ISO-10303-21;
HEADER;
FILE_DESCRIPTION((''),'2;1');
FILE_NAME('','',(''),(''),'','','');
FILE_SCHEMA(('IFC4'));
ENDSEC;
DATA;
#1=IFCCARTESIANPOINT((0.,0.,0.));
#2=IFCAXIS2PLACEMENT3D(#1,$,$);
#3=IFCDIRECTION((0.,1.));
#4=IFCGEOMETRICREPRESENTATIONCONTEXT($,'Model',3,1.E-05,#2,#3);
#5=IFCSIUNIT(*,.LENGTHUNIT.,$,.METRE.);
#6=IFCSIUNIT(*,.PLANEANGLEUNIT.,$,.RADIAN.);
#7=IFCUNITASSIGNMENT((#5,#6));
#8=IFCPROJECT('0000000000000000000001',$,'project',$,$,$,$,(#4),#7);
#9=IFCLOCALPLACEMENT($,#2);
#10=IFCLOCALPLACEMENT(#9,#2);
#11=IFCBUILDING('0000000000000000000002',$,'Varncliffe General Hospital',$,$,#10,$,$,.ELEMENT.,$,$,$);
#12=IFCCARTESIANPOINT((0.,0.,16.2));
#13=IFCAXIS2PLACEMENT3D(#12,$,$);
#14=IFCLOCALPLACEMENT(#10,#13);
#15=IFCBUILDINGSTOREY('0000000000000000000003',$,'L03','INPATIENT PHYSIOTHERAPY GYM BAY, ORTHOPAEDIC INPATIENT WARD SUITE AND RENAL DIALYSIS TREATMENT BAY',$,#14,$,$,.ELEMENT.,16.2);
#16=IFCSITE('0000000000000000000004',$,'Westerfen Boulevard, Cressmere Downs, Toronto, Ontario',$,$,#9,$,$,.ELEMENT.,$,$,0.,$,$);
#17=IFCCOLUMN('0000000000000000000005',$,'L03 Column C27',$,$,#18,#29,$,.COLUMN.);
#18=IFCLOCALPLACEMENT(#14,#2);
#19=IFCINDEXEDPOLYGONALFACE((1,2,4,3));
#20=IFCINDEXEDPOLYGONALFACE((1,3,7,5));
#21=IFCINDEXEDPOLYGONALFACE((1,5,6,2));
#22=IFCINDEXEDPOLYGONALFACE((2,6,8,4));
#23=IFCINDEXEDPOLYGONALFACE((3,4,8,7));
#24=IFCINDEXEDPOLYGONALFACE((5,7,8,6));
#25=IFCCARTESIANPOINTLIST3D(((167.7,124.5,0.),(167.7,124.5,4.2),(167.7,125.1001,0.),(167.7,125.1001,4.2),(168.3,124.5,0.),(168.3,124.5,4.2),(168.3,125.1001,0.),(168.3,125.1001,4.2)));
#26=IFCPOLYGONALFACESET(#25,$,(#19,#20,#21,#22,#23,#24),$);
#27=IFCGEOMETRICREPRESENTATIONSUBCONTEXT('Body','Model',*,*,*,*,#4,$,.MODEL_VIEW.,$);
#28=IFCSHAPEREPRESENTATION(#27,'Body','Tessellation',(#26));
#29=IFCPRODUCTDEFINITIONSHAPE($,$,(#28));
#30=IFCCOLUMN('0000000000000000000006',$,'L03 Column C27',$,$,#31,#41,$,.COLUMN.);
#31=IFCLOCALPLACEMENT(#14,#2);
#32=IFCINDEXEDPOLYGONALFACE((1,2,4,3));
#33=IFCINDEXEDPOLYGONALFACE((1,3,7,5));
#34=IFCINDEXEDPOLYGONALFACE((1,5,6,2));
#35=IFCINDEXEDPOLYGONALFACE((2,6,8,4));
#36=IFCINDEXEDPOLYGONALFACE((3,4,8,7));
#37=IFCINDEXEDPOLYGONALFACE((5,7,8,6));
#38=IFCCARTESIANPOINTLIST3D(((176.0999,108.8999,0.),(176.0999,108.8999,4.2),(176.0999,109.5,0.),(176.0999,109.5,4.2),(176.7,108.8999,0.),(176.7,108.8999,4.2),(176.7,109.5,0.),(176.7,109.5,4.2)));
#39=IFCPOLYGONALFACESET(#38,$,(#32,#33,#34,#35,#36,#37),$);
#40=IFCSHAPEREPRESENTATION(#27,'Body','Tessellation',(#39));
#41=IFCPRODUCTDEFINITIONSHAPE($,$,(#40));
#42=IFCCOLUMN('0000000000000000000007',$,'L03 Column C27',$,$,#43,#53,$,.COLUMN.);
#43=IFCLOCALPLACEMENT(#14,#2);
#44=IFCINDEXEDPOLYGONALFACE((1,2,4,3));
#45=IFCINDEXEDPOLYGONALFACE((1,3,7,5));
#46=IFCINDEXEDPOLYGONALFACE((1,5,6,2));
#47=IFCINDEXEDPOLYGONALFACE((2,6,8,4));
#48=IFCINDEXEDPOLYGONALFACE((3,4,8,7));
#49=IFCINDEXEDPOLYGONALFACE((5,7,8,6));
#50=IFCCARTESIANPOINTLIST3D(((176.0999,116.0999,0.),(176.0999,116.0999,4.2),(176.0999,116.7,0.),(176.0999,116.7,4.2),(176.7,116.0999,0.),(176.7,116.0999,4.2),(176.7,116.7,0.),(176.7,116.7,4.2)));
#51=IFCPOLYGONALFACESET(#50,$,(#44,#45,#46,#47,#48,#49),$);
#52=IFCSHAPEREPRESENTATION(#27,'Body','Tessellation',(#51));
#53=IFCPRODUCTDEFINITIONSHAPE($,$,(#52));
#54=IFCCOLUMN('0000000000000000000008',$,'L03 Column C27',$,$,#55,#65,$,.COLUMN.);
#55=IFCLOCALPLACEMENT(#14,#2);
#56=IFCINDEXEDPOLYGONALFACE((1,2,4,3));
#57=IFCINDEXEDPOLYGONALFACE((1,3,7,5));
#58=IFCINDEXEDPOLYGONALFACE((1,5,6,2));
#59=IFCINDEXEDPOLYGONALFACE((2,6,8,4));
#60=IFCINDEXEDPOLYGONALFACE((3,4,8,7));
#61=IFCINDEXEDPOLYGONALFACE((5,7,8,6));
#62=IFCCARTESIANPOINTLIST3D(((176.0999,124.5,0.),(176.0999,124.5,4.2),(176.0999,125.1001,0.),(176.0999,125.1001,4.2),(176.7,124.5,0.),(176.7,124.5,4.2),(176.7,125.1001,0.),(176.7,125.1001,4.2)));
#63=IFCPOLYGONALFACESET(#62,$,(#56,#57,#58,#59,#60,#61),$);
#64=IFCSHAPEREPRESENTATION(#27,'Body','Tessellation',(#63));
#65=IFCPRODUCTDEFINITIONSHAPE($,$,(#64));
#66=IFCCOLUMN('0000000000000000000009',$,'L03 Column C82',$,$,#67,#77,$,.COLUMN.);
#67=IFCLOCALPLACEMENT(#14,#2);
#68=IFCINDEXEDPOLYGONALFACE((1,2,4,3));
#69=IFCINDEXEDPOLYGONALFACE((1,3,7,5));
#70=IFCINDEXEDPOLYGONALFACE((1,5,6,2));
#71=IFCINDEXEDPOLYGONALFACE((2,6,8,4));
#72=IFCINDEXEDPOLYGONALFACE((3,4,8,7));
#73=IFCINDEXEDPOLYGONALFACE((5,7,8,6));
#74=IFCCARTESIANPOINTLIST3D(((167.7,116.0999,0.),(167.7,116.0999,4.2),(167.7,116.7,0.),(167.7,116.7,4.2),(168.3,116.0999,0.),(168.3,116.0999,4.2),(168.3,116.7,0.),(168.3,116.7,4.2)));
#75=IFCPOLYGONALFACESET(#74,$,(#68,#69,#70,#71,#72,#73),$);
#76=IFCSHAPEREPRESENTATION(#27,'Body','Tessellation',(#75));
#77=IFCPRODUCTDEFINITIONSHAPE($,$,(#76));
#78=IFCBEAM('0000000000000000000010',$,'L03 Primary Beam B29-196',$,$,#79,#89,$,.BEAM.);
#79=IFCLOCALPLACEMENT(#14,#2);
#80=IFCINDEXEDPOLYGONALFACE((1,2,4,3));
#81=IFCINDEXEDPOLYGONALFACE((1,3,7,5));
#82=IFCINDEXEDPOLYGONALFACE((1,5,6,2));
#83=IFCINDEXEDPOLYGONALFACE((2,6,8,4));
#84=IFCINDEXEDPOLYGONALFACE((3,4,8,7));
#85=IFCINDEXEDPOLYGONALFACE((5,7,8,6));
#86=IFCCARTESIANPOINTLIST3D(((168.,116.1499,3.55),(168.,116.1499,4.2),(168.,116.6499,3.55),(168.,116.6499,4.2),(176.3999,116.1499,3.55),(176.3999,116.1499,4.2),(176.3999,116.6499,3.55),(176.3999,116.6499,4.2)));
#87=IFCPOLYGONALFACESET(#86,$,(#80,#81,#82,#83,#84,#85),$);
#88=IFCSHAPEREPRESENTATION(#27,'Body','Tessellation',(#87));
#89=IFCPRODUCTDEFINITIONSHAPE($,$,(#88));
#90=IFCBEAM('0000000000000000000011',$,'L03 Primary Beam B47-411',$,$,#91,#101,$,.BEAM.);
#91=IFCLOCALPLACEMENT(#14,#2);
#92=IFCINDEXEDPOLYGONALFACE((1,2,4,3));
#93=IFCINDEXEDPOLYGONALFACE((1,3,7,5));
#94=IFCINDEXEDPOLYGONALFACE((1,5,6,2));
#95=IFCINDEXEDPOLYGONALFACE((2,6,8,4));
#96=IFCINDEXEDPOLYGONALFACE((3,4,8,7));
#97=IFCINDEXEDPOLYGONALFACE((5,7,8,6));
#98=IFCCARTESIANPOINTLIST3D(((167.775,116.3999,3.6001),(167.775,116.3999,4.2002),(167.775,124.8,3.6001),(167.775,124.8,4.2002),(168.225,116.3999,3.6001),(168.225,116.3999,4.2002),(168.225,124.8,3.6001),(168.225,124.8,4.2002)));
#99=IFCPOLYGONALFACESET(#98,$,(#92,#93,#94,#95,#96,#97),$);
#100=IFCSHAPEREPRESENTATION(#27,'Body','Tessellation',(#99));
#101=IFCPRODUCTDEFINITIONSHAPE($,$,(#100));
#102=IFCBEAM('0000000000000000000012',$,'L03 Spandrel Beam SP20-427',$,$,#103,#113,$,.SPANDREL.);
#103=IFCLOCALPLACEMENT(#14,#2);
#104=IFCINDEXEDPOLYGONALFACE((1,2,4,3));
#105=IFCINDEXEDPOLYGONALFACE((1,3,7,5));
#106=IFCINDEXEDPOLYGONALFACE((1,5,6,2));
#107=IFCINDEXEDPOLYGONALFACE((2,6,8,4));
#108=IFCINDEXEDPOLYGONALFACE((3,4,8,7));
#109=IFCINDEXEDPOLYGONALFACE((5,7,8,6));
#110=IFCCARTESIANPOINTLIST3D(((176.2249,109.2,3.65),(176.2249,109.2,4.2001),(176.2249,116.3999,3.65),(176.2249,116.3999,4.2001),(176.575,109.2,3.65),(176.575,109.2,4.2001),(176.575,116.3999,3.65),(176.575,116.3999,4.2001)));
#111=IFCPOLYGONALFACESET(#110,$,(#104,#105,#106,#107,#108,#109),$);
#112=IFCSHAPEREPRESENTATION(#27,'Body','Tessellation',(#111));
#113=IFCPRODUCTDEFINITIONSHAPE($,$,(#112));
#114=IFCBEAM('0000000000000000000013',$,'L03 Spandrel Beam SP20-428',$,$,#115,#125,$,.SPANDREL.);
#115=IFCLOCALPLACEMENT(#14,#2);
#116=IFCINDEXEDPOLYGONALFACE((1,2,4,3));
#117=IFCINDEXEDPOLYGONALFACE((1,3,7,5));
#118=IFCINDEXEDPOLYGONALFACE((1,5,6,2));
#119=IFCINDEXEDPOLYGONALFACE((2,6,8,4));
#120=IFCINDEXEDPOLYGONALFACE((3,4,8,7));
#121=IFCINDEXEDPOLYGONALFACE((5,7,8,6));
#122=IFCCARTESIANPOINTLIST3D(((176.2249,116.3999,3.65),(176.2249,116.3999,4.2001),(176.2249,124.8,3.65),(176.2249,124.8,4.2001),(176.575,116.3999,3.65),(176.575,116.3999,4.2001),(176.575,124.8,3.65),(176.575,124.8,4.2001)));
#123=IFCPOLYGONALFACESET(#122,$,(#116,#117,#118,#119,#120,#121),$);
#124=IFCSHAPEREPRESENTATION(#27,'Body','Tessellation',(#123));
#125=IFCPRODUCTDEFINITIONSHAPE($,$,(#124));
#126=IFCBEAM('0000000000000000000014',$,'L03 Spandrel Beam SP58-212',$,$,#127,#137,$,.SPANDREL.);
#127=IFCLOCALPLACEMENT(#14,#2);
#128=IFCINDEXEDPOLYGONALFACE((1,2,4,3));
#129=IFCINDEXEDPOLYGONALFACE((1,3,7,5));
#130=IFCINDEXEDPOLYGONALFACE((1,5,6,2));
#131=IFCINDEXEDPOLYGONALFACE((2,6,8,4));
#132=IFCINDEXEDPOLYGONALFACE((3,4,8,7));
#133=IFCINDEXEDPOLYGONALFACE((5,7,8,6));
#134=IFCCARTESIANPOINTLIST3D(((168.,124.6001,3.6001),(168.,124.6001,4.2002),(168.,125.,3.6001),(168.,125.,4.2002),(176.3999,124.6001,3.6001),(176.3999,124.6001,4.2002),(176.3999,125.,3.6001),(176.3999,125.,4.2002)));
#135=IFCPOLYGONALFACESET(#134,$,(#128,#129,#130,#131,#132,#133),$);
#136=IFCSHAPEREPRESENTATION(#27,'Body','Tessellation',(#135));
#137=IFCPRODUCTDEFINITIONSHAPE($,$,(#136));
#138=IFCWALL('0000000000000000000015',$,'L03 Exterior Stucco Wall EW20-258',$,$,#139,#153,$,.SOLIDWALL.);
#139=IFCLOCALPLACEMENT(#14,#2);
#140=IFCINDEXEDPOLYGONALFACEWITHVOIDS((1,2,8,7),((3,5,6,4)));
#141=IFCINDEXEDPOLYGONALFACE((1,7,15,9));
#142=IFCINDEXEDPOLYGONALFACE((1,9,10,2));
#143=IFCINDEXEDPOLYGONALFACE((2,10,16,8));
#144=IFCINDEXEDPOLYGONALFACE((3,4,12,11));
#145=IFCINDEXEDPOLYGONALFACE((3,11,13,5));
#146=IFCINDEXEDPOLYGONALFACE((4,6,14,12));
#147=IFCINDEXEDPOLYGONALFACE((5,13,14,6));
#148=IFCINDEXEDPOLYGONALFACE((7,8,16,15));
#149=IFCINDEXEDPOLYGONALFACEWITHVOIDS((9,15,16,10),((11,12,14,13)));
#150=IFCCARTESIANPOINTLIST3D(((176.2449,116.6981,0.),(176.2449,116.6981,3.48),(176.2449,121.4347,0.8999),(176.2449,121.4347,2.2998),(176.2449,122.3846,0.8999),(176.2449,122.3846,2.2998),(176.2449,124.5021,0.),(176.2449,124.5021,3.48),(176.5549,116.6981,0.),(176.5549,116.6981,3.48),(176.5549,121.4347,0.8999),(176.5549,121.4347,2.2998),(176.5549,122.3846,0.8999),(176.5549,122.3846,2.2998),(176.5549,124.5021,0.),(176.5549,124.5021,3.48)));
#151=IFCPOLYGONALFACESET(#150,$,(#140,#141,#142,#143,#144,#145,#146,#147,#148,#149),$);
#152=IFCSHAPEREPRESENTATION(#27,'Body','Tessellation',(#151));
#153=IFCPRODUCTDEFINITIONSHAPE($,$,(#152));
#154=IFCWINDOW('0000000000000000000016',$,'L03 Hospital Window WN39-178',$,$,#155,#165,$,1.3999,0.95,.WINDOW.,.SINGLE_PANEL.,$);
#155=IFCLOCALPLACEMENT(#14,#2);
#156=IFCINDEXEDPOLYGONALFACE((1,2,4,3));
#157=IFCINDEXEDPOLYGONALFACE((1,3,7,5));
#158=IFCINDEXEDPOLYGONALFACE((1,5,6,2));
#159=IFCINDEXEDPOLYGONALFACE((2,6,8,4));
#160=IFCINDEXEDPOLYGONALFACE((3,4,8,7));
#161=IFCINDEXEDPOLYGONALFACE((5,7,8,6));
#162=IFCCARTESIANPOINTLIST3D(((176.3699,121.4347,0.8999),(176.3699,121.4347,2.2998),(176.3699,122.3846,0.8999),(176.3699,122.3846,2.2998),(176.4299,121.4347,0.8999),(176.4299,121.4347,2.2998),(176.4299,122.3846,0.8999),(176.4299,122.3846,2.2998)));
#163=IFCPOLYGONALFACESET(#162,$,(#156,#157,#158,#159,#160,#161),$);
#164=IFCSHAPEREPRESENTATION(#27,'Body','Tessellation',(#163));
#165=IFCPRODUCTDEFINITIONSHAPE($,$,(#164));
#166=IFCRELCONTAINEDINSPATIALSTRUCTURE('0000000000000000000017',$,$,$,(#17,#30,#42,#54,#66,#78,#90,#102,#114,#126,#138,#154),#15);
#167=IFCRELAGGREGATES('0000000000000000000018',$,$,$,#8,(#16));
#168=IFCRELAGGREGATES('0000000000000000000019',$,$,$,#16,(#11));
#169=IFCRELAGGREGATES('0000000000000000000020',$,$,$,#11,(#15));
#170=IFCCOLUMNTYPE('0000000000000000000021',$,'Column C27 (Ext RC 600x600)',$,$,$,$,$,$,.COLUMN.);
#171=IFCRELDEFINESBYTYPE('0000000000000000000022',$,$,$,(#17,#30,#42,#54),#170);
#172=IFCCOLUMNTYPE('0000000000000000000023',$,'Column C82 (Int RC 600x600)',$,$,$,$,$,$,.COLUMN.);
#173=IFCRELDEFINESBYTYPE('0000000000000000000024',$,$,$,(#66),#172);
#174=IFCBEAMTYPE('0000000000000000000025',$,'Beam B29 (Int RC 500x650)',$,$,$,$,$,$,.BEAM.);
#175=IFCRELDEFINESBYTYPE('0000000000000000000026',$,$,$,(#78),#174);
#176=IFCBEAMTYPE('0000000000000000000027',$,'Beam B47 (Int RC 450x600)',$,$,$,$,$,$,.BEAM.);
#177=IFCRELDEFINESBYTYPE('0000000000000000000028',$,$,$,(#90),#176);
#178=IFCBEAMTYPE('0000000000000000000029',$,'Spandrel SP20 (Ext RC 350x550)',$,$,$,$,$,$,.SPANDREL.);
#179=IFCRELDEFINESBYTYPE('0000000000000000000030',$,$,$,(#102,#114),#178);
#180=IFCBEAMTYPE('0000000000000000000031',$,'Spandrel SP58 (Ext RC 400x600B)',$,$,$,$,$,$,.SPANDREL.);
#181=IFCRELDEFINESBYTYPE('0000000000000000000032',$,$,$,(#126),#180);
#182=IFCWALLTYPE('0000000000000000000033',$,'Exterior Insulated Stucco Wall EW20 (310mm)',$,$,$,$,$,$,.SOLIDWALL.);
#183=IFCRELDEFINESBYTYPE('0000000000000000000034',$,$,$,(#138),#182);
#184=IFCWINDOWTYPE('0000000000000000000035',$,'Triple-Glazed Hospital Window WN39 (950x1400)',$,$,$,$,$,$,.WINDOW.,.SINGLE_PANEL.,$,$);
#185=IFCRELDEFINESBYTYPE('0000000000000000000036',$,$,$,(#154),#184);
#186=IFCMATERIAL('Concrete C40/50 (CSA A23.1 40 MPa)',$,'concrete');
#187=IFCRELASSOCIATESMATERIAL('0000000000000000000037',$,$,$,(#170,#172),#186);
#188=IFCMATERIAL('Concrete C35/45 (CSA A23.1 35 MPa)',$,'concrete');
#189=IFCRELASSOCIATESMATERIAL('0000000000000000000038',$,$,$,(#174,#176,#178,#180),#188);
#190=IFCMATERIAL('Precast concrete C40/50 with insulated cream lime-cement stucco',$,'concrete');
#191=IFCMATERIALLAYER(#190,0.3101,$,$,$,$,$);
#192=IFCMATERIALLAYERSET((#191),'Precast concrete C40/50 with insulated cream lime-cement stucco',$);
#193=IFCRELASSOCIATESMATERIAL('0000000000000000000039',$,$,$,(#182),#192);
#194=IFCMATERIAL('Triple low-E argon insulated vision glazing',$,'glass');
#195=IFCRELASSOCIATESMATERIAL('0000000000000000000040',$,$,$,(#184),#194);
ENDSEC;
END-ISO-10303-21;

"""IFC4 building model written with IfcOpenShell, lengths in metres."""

from ifc_helpers import new_model, si_unit, direction, frame, frame_2d, origin, origin_2d, place, context, subcontext, project, spatial, rectangle, extrude, material, layer, layer_set, material_profile, profile_set, type_object, element, fill, save


model = new_model("IFC4")

# Units and contexts
model_context = context("Model", 3, precision=1e-05, world=origin(), true_north=direction((0.0, 1.0)))
body_context = subcontext(model_context, "Body", "Model", "MODEL_VIEW")
ifc_project = project(units=[si_unit("LENGTHUNIT", "METRE"), si_unit("PLANEANGLEUNIT", "RADIAN")], contexts=[model_context])

# Site, building, storey
site_placement = place(None, origin())
site = spatial("IfcSite", under=ifc_project, at=site_placement, Name="Westerfen Boulevard, Cressmere Downs, Toronto, Ontario", CompositionType="ELEMENT", RefElevation=0.0)
building_placement = place(site_placement, origin())
building = spatial("IfcBuilding", under=site, at=building_placement, Name="Varncliffe General Hospital", CompositionType="ELEMENT")
storey_placement = place(building_placement, frame((0.0, 0.0, 16.2)))
storey = spatial("IfcBuildingStorey", under=building, at=storey_placement, Name="L03", Description="INPATIENT PHYSIOTHERAPY GYM BAY, ORTHOPAEDIC INPATIENT WARD SUITE AND RENAL DIALYSIS TREATMENT BAY", CompositionType="ELEMENT", Elevation=16.2)

# Columns
ifc_material_1 = material(Name="Concrete C40/50 (CSA A23.1 40 MPa)", Category="concrete")
ifc_material_profile_1 = material_profile(ifc_material_1, rectangle(XDim=0.6001, YDim=0.6001, at=origin_2d()), Name="RC 600x600")
ifc_profile_set_1 = profile_set([ifc_material_profile_1], Name="Concrete C40/50 (CSA A23.1 40 MPa)")
column_type_1 = type_object("IfcColumnType", Name="Column C27 (Ext RC 600x600)", PredefinedType="COLUMN", material=ifc_profile_set_1)
for number, where, z_axis, x_axis, name in (
    (1, (168.0, 124.8, 0.0), (0.0, 0.0, 1.0), (1.0, 0.0, 0.0), "L03 Column C27"),
    (2, (176.3999, 109.2, 0.0), (0.0, 0.0, 1.0), (1.0, 0.0, 0.0), "L03 Column C27"),
    (3, (176.3999, 116.3999, 0.0), (0.0, 0.0, 1.0), (1.0, 0.0, 0.0), "L03 Column C27"),
    (4, (176.3999, 124.8, 0.0), (0.0, 0.0, 1.0), (1.0, 0.0, 0.0), "L03 Column C27"),
):
    element("IfcColumn", number, at=place(storey_placement, frame(where, z_axis=z_axis, x_axis=x_axis)), inside=storey, type_object=column_type_1, Name=name, PredefinedType="COLUMN", context=body_context, shape_type="SweptSolid", body=[
        extrude(rectangle(XDim=0.6001, YDim=0.6001, at=origin_2d()), origin(), (0.0, 0.0, 1.0), 4.2),
    ])
ifc_material_profile_2 = material_profile(ifc_material_1, rectangle(XDim=0.6001, YDim=0.6001, at=origin_2d()), Name="RC 600x600")
ifc_profile_set_2 = profile_set([ifc_material_profile_2], Name="Concrete C40/50 (CSA A23.1 40 MPa)")
column_type_2 = type_object("IfcColumnType", Name="Column C82 (Int RC 600x600)", PredefinedType="COLUMN", material=ifc_profile_set_2)
column_placement = place(storey_placement, frame((168.0, 116.3999, 0.0), z_axis=(0.0, 0.0, 1.0), x_axis=(1.0, 0.0, 0.0)))
element("IfcColumn", 5, at=column_placement, inside=storey, type_object=column_type_2, Name="L03 Column C82", PredefinedType="COLUMN", context=body_context, shape_type="SweptSolid", body=[
    extrude(rectangle(XDim=0.6001, YDim=0.6001, at=origin_2d()), origin(), (0.0, 0.0, 1.0), 4.2),
])

# Beams
ifc_material_2 = material(Name="Concrete C35/45 (CSA A23.1 35 MPa)", Category="concrete")
ifc_material_profile_3 = material_profile(ifc_material_2, rectangle(XDim=0.5, YDim=0.6499, at=origin_2d()), Name="RC 500x650")
ifc_profile_set_3 = profile_set([ifc_material_profile_3], Name="Concrete C35/45 (CSA A23.1 35 MPa)")
beam_type_1 = type_object("IfcBeamType", Name="Beam B29 (Int RC 500x650)", PredefinedType="BEAM", material=ifc_profile_set_3)
beam_1_placement = place(storey_placement, frame((168.0, 116.3999, 3.875), z_axis=(1.0, 0.0, 0.0), x_axis=(0.0, 1.0, 0.0)))
element("IfcBeam", 6, at=beam_1_placement, inside=storey, type_object=beam_type_1, Name="L03 Primary Beam B29-196", PredefinedType="BEAM", context=body_context, shape_type="SweptSolid", body=[
    extrude(rectangle(XDim=0.5, YDim=0.6499, at=origin_2d()), origin(), (0.0, 0.0, 1.0), 8.3999),
])
ifc_material_profile_4 = material_profile(ifc_material_2, rectangle(XDim=0.45, YDim=0.6001, at=origin_2d()), Name="RC 450x600")
ifc_profile_set_4 = profile_set([ifc_material_profile_4], Name="Concrete C35/45 (CSA A23.1 35 MPa)")
beam_type_2 = type_object("IfcBeamType", Name="Beam B47 (Int RC 450x600)", PredefinedType="BEAM", material=ifc_profile_set_4)
beam_2_placement = place(storey_placement, frame((168.0, 116.3999, 3.9001), z_axis=(0.0, 1.0, 0.0), x_axis=(-1.0, 0.0, 0.0)))
element("IfcBeam", 7, at=beam_2_placement, inside=storey, type_object=beam_type_2, Name="L03 Primary Beam B47-411", PredefinedType="BEAM", context=body_context, shape_type="SweptSolid", body=[
    extrude(rectangle(XDim=0.45, YDim=0.6001, at=origin_2d()), origin(), (0.0, 0.0, 1.0), 8.4001),
])
ifc_material_profile_5 = material_profile(ifc_material_2, rectangle(XDim=0.3501, YDim=0.55, at=origin_2d()), Name="RC 350x550")
ifc_profile_set_5 = profile_set([ifc_material_profile_5], Name="Concrete C35/45 (CSA A23.1 35 MPa)")
beam_type_3 = type_object("IfcBeamType", Name="Spandrel SP20 (Ext RC 350x550)", PredefinedType="SPANDREL", material=ifc_profile_set_5)
beam_3_placement = place(storey_placement, frame((176.3999, 109.2, 3.925), z_axis=(0.0, 1.0, 0.0), x_axis=(-1.0, 0.0, 0.0)))
element("IfcBeam", 8, at=beam_3_placement, inside=storey, type_object=beam_type_3, Name="L03 Spandrel Beam SP20-427", PredefinedType="SPANDREL", context=body_context, shape_type="SweptSolid", body=[
    extrude(rectangle(XDim=0.3501, YDim=0.55, at=origin_2d()), origin(), (0.0, 0.0, 1.0), 7.2),
])
beam_4_placement = place(storey_placement, frame((176.3999, 116.3999, 3.925), z_axis=(0.0, 1.0, 0.0), x_axis=(-1.0, 0.0, 0.0)))
element("IfcBeam", 9, at=beam_4_placement, inside=storey, type_object=beam_type_3, Name="L03 Spandrel Beam SP20-428", PredefinedType="SPANDREL", context=body_context, shape_type="SweptSolid", body=[
    extrude(rectangle(XDim=0.3501, YDim=0.55, at=origin_2d()), origin(), (0.0, 0.0, 1.0), 8.4001),
])
ifc_material_profile_6 = material_profile(ifc_material_2, rectangle(XDim=0.3999, YDim=0.6001, at=origin_2d()), Name="RC 400x600")
ifc_profile_set_6 = profile_set([ifc_material_profile_6], Name="Concrete C35/45 (CSA A23.1 35 MPa)")
beam_type_4 = type_object("IfcBeamType", Name="Spandrel SP58 (Ext RC 400x600B)", PredefinedType="SPANDREL", material=ifc_profile_set_6)
beam_5_placement = place(storey_placement, frame((168.0, 124.8, 3.9001), z_axis=(1.0, 0.0, 0.0), x_axis=(0.0, 1.0, 0.0)))
element("IfcBeam", 10, at=beam_5_placement, inside=storey, type_object=beam_type_4, Name="L03 Spandrel Beam SP58-212", PredefinedType="SPANDREL", context=body_context, shape_type="SweptSolid", body=[
    extrude(rectangle(XDim=0.3999, YDim=0.6001, at=origin_2d()), origin(), (0.0, 0.0, 1.0), 8.3999),
])

# Wall, opening, window
ifc_material_3 = material(Name="Precast concrete C40/50 with insulated cream lime-cement stucco", Category="concrete")
ifc_layer_1 = layer(ifc_material_3, 0.3101)
ifc_layer_set_1 = layer_set([ifc_layer_1], Name="Precast concrete C40/50 with insulated cream lime-cement stucco")
wall_type_1 = type_object("IfcWallType", Name="Exterior Insulated Stucco Wall EW20 (310mm)", PredefinedType="SOLIDWALL", material=ifc_layer_set_1)
wall_1_placement = place(storey_placement, frame((176.3999, 124.502, 0.0), z_axis=(0.0, 0.0, 1.0), x_axis=(0.0, -1.0, 0.0)))
wall_1 = element("IfcWall", 11, at=wall_1_placement, inside=storey, type_object=wall_type_1, Name="L03 Exterior Stucco Wall EW20-258", PredefinedType="SOLIDWALL", context=body_context, shape_type="SweptSolid", body=[
    extrude(rectangle(XDim=7.804, YDim=0.3101, at=frame_2d((3.9019, 0.0))), origin(), (0.0, 0.0, 1.0), 3.48),
])
opening_1_placement = place(wall_1_placement, frame((2.1172, 0.0, 0.8999)))
opening_1 = element("IfcOpeningElement", 12, at=opening_1_placement, cuts=wall_1, PredefinedType="OPENING", context=body_context, shape_type="SweptSolid", body=[
    extrude(rectangle(XDim=0.95, YDim=1.3999, at=frame_2d((0.4751, 0.7))), frame((0.0, 0.165, 0.0), z_axis=(0.0, -1.0, 0.0), x_axis=(1.0, 0.0, 0.0)), (0.0, 0.0, 1.0), 0.3301),
])
ifc_material_4 = material(Name="Triple low-E argon insulated vision glazing", Category="glass")
window_type_1 = type_object("IfcWindowType", Name="Triple-Glazed Hospital Window WN39 (950x1400)", PartitioningType="SINGLE_PANEL", PredefinedType="WINDOW", material=ifc_material_4)
window_1_placement = place(opening_1_placement, origin())
window_1 = element("IfcWindow", 13, at=window_1_placement, inside=storey, type_object=window_type_1, Name="L03 Hospital Window WN39-178", OverallHeight=1.3999, OverallWidth=0.95, PartitioningType="SINGLE_PANEL", PredefinedType="WINDOW", context=body_context, shape_type="SweptSolid", body=[
    extrude(rectangle(XDim=0.95, YDim=1.3999, at=frame_2d((0.4751, 0.7))), frame((0.0, 0.03, 0.0), z_axis=(0.0, -1.0, 0.0), x_axis=(1.0, 0.0, 0.0)), (0.0, 0.0, 1.0), 0.0601),
])
fill(opening_1, window_1)

save(model, "model.ifc")
